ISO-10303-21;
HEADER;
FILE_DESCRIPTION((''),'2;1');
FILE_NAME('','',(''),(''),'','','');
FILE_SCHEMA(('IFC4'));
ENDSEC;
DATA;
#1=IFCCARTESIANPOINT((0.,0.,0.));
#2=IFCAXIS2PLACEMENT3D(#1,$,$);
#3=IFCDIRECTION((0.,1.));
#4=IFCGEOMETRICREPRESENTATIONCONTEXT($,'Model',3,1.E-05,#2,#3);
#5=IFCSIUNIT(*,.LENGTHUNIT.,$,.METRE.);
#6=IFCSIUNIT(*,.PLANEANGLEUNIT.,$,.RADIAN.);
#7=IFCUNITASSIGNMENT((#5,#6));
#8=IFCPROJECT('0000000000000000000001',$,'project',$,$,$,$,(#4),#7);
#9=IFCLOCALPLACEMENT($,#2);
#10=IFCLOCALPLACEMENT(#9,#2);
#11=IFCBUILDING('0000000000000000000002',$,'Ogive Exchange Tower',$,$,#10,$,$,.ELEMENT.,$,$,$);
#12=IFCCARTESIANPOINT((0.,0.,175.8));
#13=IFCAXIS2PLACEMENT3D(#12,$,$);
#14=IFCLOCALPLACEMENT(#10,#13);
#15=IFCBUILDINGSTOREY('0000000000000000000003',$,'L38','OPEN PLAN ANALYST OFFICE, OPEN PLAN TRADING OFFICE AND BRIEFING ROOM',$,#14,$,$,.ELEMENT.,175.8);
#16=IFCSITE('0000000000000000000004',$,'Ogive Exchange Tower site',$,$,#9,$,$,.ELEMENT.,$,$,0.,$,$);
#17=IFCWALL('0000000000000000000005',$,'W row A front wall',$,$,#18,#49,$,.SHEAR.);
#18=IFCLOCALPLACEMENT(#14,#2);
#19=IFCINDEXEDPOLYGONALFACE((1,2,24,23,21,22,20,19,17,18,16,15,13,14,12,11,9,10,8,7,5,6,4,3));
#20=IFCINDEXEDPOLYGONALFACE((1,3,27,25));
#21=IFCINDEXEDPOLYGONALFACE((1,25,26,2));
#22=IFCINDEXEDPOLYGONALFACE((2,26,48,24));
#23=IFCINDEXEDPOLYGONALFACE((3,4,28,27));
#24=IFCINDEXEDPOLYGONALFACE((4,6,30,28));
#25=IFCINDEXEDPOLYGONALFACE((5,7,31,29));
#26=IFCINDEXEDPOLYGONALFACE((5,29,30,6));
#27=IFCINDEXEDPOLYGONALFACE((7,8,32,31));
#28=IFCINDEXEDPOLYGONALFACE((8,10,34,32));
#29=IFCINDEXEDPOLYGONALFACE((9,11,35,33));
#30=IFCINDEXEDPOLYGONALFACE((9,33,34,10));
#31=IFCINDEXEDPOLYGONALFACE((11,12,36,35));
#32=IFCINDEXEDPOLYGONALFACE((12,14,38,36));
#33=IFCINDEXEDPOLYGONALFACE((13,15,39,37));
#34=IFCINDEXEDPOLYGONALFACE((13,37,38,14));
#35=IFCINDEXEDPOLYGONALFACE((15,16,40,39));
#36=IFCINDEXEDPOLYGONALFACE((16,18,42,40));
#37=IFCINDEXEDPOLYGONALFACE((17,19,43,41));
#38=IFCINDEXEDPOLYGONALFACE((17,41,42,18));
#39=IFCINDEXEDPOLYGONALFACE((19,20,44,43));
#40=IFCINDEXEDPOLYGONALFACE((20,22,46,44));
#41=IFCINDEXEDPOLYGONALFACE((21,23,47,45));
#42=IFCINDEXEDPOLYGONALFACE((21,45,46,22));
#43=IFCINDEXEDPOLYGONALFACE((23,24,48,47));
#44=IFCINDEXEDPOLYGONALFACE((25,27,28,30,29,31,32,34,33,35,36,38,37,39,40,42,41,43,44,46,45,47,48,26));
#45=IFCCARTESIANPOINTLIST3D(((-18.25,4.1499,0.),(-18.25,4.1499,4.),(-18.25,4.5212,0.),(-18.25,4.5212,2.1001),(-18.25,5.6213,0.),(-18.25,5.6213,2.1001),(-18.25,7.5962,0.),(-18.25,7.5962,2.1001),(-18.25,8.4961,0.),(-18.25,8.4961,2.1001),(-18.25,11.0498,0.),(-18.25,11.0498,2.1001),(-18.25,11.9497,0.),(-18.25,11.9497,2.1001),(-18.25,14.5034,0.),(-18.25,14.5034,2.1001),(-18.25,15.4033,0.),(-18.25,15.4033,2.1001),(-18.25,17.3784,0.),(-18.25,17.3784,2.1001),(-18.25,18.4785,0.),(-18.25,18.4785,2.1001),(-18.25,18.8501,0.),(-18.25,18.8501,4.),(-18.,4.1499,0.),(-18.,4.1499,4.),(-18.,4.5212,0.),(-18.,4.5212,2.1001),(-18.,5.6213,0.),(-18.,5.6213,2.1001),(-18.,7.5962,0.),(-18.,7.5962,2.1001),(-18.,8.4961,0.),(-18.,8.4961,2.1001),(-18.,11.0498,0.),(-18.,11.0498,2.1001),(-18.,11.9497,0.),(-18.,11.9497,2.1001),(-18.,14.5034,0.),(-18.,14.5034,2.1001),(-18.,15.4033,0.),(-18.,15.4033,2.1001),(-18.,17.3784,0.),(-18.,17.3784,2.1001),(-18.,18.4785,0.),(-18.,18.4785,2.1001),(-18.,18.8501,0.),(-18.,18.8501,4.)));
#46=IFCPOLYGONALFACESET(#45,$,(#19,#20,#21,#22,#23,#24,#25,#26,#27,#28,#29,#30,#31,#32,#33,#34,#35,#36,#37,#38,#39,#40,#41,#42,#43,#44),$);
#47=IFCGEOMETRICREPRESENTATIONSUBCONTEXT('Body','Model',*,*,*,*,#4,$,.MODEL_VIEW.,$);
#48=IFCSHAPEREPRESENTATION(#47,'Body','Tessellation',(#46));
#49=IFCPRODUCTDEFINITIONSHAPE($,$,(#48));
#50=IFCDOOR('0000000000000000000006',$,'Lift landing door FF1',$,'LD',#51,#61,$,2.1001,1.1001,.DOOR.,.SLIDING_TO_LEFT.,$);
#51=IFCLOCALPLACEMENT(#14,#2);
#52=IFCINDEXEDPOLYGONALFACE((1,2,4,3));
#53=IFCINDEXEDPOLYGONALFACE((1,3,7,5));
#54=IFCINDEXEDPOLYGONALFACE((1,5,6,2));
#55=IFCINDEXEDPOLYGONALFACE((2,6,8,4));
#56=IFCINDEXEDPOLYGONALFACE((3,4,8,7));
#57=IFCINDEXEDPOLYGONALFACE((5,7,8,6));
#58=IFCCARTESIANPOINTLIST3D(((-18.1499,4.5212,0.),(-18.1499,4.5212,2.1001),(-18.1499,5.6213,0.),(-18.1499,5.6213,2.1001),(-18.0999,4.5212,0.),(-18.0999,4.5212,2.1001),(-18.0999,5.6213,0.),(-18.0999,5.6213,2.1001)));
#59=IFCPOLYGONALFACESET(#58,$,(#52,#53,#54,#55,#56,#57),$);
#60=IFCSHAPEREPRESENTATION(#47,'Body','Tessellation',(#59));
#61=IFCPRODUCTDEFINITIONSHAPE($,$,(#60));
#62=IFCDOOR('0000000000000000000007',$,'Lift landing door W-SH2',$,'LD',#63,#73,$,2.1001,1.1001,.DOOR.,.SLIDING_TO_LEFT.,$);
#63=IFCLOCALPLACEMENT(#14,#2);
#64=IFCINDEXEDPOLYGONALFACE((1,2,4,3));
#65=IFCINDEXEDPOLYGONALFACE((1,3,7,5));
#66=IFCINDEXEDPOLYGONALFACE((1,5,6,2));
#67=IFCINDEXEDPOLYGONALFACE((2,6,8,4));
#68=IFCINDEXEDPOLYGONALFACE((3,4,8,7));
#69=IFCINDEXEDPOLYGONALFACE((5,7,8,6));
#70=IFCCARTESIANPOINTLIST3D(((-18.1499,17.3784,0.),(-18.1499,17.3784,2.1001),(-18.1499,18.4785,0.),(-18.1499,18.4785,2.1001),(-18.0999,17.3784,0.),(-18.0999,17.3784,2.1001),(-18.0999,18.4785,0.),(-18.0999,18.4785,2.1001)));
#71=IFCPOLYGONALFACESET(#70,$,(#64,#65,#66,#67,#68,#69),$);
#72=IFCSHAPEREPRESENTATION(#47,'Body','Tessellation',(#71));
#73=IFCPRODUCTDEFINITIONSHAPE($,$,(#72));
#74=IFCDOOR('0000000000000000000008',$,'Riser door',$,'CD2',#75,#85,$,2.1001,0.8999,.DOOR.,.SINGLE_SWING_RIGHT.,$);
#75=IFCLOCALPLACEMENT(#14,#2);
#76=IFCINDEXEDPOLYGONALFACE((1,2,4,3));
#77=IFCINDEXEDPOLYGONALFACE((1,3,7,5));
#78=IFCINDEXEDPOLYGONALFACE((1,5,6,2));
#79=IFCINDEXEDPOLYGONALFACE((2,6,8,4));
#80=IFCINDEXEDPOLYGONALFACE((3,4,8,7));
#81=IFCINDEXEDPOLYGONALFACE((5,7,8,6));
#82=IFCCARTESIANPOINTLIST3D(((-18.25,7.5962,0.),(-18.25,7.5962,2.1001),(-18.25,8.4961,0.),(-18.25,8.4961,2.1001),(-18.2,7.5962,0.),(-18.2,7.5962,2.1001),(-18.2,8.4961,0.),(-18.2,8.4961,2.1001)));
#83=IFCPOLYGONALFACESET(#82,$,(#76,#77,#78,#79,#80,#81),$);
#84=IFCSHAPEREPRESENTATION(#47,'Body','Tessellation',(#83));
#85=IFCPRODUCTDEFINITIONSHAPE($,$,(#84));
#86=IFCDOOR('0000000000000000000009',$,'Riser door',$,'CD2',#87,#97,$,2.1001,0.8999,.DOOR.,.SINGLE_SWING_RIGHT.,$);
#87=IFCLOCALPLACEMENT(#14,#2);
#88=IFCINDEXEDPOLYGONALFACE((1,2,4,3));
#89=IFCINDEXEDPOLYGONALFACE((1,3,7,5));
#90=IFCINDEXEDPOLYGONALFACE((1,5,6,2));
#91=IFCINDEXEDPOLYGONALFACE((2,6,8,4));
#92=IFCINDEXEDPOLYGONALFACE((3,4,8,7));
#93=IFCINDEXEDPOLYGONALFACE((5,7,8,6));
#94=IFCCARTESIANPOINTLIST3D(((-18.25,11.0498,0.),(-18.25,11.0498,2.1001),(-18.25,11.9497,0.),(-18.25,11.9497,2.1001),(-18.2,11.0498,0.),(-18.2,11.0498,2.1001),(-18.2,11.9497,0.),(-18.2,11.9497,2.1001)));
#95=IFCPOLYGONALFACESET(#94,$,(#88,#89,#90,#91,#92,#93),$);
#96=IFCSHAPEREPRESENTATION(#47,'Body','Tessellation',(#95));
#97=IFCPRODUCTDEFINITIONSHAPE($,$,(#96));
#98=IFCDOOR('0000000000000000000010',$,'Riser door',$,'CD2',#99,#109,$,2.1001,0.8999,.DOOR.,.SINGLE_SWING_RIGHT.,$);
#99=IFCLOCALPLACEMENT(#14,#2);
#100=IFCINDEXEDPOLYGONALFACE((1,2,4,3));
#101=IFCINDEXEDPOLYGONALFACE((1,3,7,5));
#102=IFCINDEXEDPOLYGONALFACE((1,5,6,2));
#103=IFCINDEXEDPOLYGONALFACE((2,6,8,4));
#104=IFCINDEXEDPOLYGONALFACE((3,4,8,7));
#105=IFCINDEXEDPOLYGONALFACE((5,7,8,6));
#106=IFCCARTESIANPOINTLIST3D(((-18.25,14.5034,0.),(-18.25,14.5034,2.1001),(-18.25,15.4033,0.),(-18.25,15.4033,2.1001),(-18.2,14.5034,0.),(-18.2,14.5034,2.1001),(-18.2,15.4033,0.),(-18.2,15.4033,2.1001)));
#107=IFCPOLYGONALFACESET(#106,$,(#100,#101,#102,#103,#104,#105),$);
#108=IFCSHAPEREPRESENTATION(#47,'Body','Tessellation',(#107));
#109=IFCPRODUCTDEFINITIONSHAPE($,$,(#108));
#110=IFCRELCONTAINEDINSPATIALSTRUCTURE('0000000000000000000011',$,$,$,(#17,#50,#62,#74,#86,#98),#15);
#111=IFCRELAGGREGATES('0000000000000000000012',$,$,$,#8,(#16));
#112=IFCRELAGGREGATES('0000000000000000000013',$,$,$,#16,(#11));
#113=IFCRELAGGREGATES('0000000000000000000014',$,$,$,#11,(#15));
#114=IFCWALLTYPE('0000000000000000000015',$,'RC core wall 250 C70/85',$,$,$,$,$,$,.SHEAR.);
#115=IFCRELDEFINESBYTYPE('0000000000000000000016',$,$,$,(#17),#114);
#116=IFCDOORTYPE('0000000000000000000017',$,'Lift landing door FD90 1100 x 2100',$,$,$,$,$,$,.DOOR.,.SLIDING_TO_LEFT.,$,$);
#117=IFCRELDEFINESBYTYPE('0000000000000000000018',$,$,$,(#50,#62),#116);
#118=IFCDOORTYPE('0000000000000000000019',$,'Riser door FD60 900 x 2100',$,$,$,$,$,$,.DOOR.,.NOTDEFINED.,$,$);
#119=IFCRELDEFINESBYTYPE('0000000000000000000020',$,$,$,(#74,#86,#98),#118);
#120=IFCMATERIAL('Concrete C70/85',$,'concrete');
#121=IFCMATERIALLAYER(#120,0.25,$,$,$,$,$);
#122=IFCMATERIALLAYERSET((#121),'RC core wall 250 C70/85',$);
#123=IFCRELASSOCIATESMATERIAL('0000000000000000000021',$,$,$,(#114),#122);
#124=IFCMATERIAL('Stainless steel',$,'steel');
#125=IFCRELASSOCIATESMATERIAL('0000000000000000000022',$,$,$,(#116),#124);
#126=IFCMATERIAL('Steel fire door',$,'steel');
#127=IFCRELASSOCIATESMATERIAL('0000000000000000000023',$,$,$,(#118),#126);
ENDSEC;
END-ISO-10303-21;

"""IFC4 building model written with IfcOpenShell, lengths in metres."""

from ifc_helpers import new_model, si_unit, direction, frame, frame_2d, origin, place, context, subcontext, project, spatial, rectangle, extrude, material, layer, layer_set, type_object, element, fill, save


model = new_model("IFC4")

# Units and contexts
model_context = context("Model", 3, precision=1e-05, world=origin(), true_north=direction((0.0, 1.0)))
body_context = subcontext(model_context, "Body", "Model", "MODEL_VIEW")
ifc_project = project(units=[si_unit("LENGTHUNIT", "METRE"), si_unit("PLANEANGLEUNIT", "RADIAN")], contexts=[model_context])

# Site, building, storey
site_placement = place(None, origin())
site = spatial("IfcSite", under=ifc_project, at=site_placement, Name="Ogive Exchange Tower site", CompositionType="ELEMENT", RefElevation=0.0)
building_placement = place(site_placement, origin())
building = spatial("IfcBuilding", under=site, at=building_placement, Name="Ogive Exchange Tower", CompositionType="ELEMENT")
storey_placement = place(building_placement, frame((0.0, 0.0, 175.8)))
storey = spatial("IfcBuildingStorey", under=building, at=storey_placement, Name="L38", Description="OPEN PLAN ANALYST OFFICE, OPEN PLAN TRADING OFFICE AND BRIEFING ROOM", CompositionType="ELEMENT", Elevation=175.8)

# Shared definitions
ifc_material_1 = material(Name="Concrete C70/85", Category="concrete")
ifc_material_2 = material(Name="Steel fire door", Category="steel")
ifc_layer_1 = layer(ifc_material_1, 0.25)
ifc_layer_set_1 = layer_set([ifc_layer_1], Name="RC core wall 250 C70/85")
wall_type_1 = type_object("IfcWallType", Name="RC core wall 250 C70/85", PredefinedType="SHEAR", material=ifc_layer_set_1)

# Wall, openings, doors
wall_1_placement = place(storey_placement, frame((-18.125, 4.1499, 0.0), z_axis=(0.0, 0.0, 1.0), x_axis=(0.0, 1.0, 0.0)))
wall_1 = element("IfcWall", 1, at=wall_1_placement, inside=storey, type_object=wall_type_1, Name="W row A front wall", PredefinedType="SHEAR", context=body_context, shape_type="SweptSolid", body=[
    extrude(rectangle(XDim=14.7002, YDim=0.25, at=frame_2d((7.3501, 0.0))), origin(), (0.0, 0.0, 1.0), 4.0),
])
opening_1_placement = place(wall_1_placement, frame((3.4463, 0.0, 0.0)))
opening_1 = element("IfcOpeningElement", 2, at=opening_1_placement, cuts=wall_1, PredefinedType="OPENING", context=body_context, shape_type="SweptSolid", body=[
    extrude(rectangle(XDim=0.8999, YDim=2.1001, at=frame_2d((0.45, 1.05))), frame((0.0, 0.135, 0.0), z_axis=(0.0, -1.0, 0.0), x_axis=(1.0, 0.0, 0.0)), (0.0, 0.0, 1.0), 0.27),
])
opening_2_placement = place(wall_1_placement, frame((6.8999, 0.0, 0.0)))
opening_2 = element("IfcOpeningElement", 3, at=opening_2_placement, cuts=wall_1, PredefinedType="OPENING", context=body_context, shape_type="SweptSolid", body=[
    extrude(rectangle(XDim=0.8999, YDim=2.1001, at=frame_2d((0.45, 1.05))), frame((0.0, 0.135, 0.0), z_axis=(0.0, -1.0, 0.0), x_axis=(1.0, 0.0, 0.0)), (0.0, 0.0, 1.0), 0.27),
])
opening_3_placement = place(wall_1_placement, frame((10.3535, 0.0, 0.0)))
opening_3 = element("IfcOpeningElement", 4, at=opening_3_placement, cuts=wall_1, PredefinedType="OPENING", context=body_context, shape_type="SweptSolid", body=[
    extrude(rectangle(XDim=0.8999, YDim=2.1001, at=frame_2d((0.45, 1.05))), frame((0.0, 0.135, 0.0), z_axis=(0.0, -1.0, 0.0), x_axis=(1.0, 0.0, 0.0)), (0.0, 0.0, 1.0), 0.27),
])
opening_4_placement = place(wall_1_placement, frame((0.3713, 0.0, 0.0)))
opening_4 = element("IfcOpeningElement", 5, at=opening_4_placement, cuts=wall_1, PredefinedType="OPENING", context=body_context, shape_type="SweptSolid", body=[
    extrude(rectangle(XDim=1.1001, YDim=2.1001, at=frame_2d((0.55, 1.05))), frame((0.0, 0.135, 0.0), z_axis=(0.0, -1.0, 0.0), x_axis=(1.0, 0.0, 0.0)), (0.0, 0.0, 1.0), 0.27),
])
opening_5_placement = place(wall_1_placement, frame((13.2285, 0.0, 0.0)))
opening_5 = element("IfcOpeningElement", 6, at=opening_5_placement, cuts=wall_1, PredefinedType="OPENING", context=body_context, shape_type="SweptSolid", body=[
    extrude(rectangle(XDim=1.1001, YDim=2.1001, at=frame_2d((0.55, 1.05))), frame((0.0, 0.135, 0.0), z_axis=(0.0, -1.0, 0.0), x_axis=(1.0, 0.0, 0.0)), (0.0, 0.0, 1.0), 0.27),
])
ifc_material_3 = material(Name="Stainless steel", Category="steel")
door_type_1 = type_object("IfcDoorType", Name="Lift landing door FD90 1100 x 2100", OperationType="SLIDING_TO_LEFT", PredefinedType="DOOR", material=ifc_material_3)
door_1_placement = place(opening_4_placement, origin())
door_1 = element("IfcDoor", 7, at=door_1_placement, inside=storey, type_object=door_type_1, Name="Lift landing door FF1", ObjectType="LD", OperationType="SLIDING_TO_LEFT", OverallHeight=2.1001, OverallWidth=1.1001, PredefinedType="DOOR", context=body_context, shape_type="SweptSolid", body=[
    extrude(rectangle(XDim=1.1001, YDim=2.1001, at=frame_2d((0.55, 1.05))), frame((0.0, 0.0249, 0.0), z_axis=(0.0, -1.0, 0.0), x_axis=(1.0, 0.0, 0.0)), (0.0, 0.0, 1.0), 0.05),
])
fill(opening_4, door_1)
door_2_placement = place(opening_5_placement, origin())
door_2 = element("IfcDoor", 8, at=door_2_placement, inside=storey, type_object=door_type_1, Name="Lift landing door W-SH2", ObjectType="LD", OperationType="SLIDING_TO_LEFT", OverallHeight=2.1001, OverallWidth=1.1001, PredefinedType="DOOR", context=body_context, shape_type="SweptSolid", body=[
    extrude(rectangle(XDim=1.1001, YDim=2.1001, at=frame_2d((0.55, 1.05))), frame((0.0, 0.0249, 0.0), z_axis=(0.0, -1.0, 0.0), x_axis=(1.0, 0.0, 0.0)), (0.0, 0.0, 1.0), 0.05),
])
fill(opening_5, door_2)
door_type_2 = type_object("IfcDoorType", Name="Riser door FD60 900 x 2100", OperationType="NOTDEFINED", PredefinedType="DOOR", material=ifc_material_2)
door_3_placement = place(opening_1_placement, origin())
door_3 = element("IfcDoor", 9, at=door_3_placement, inside=storey, type_object=door_type_2, Name="Riser door", ObjectType="CD2", OperationType="SINGLE_SWING_RIGHT", OverallHeight=2.1001, OverallWidth=0.8999, PredefinedType="DOOR", context=body_context, shape_type="SweptSolid", body=[
    extrude(rectangle(XDim=0.8999, YDim=2.1001, at=frame_2d((0.45, 1.05))), frame((0.0, 0.125, 0.0), z_axis=(0.0, -1.0, 0.0), x_axis=(1.0, 0.0, 0.0)), (0.0, 0.0, 1.0), 0.05),
])
fill(opening_1, door_3)
door_4_placement = place(opening_2_placement, origin())
door_4 = element("IfcDoor", 10, at=door_4_placement, inside=storey, type_object=door_type_2, Name="Riser door", ObjectType="CD2", OperationType="SINGLE_SWING_RIGHT", OverallHeight=2.1001, OverallWidth=0.8999, PredefinedType="DOOR", context=body_context, shape_type="SweptSolid", body=[
    extrude(rectangle(XDim=0.8999, YDim=2.1001, at=frame_2d((0.45, 1.05))), frame((0.0, 0.125, 0.0), z_axis=(0.0, -1.0, 0.0), x_axis=(1.0, 0.0, 0.0)), (0.0, 0.0, 1.0), 0.05),
])
fill(opening_2, door_4)
door_5_placement = place(opening_3_placement, origin())
door_5 = element("IfcDoor", 11, at=door_5_placement, inside=storey, type_object=door_type_2, Name="Riser door", ObjectType="CD2", OperationType="SINGLE_SWING_RIGHT", OverallHeight=2.1001, OverallWidth=0.8999, PredefinedType="DOOR", context=body_context, shape_type="SweptSolid", body=[
    extrude(rectangle(XDim=0.8999, YDim=2.1001, at=frame_2d((0.45, 1.05))), frame((0.0, 0.125, 0.0), z_axis=(0.0, -1.0, 0.0), x_axis=(1.0, 0.0, 0.0)), (0.0, 0.0, 1.0), 0.05),
])
fill(opening_3, door_5)

save(model, "model.ifc")
